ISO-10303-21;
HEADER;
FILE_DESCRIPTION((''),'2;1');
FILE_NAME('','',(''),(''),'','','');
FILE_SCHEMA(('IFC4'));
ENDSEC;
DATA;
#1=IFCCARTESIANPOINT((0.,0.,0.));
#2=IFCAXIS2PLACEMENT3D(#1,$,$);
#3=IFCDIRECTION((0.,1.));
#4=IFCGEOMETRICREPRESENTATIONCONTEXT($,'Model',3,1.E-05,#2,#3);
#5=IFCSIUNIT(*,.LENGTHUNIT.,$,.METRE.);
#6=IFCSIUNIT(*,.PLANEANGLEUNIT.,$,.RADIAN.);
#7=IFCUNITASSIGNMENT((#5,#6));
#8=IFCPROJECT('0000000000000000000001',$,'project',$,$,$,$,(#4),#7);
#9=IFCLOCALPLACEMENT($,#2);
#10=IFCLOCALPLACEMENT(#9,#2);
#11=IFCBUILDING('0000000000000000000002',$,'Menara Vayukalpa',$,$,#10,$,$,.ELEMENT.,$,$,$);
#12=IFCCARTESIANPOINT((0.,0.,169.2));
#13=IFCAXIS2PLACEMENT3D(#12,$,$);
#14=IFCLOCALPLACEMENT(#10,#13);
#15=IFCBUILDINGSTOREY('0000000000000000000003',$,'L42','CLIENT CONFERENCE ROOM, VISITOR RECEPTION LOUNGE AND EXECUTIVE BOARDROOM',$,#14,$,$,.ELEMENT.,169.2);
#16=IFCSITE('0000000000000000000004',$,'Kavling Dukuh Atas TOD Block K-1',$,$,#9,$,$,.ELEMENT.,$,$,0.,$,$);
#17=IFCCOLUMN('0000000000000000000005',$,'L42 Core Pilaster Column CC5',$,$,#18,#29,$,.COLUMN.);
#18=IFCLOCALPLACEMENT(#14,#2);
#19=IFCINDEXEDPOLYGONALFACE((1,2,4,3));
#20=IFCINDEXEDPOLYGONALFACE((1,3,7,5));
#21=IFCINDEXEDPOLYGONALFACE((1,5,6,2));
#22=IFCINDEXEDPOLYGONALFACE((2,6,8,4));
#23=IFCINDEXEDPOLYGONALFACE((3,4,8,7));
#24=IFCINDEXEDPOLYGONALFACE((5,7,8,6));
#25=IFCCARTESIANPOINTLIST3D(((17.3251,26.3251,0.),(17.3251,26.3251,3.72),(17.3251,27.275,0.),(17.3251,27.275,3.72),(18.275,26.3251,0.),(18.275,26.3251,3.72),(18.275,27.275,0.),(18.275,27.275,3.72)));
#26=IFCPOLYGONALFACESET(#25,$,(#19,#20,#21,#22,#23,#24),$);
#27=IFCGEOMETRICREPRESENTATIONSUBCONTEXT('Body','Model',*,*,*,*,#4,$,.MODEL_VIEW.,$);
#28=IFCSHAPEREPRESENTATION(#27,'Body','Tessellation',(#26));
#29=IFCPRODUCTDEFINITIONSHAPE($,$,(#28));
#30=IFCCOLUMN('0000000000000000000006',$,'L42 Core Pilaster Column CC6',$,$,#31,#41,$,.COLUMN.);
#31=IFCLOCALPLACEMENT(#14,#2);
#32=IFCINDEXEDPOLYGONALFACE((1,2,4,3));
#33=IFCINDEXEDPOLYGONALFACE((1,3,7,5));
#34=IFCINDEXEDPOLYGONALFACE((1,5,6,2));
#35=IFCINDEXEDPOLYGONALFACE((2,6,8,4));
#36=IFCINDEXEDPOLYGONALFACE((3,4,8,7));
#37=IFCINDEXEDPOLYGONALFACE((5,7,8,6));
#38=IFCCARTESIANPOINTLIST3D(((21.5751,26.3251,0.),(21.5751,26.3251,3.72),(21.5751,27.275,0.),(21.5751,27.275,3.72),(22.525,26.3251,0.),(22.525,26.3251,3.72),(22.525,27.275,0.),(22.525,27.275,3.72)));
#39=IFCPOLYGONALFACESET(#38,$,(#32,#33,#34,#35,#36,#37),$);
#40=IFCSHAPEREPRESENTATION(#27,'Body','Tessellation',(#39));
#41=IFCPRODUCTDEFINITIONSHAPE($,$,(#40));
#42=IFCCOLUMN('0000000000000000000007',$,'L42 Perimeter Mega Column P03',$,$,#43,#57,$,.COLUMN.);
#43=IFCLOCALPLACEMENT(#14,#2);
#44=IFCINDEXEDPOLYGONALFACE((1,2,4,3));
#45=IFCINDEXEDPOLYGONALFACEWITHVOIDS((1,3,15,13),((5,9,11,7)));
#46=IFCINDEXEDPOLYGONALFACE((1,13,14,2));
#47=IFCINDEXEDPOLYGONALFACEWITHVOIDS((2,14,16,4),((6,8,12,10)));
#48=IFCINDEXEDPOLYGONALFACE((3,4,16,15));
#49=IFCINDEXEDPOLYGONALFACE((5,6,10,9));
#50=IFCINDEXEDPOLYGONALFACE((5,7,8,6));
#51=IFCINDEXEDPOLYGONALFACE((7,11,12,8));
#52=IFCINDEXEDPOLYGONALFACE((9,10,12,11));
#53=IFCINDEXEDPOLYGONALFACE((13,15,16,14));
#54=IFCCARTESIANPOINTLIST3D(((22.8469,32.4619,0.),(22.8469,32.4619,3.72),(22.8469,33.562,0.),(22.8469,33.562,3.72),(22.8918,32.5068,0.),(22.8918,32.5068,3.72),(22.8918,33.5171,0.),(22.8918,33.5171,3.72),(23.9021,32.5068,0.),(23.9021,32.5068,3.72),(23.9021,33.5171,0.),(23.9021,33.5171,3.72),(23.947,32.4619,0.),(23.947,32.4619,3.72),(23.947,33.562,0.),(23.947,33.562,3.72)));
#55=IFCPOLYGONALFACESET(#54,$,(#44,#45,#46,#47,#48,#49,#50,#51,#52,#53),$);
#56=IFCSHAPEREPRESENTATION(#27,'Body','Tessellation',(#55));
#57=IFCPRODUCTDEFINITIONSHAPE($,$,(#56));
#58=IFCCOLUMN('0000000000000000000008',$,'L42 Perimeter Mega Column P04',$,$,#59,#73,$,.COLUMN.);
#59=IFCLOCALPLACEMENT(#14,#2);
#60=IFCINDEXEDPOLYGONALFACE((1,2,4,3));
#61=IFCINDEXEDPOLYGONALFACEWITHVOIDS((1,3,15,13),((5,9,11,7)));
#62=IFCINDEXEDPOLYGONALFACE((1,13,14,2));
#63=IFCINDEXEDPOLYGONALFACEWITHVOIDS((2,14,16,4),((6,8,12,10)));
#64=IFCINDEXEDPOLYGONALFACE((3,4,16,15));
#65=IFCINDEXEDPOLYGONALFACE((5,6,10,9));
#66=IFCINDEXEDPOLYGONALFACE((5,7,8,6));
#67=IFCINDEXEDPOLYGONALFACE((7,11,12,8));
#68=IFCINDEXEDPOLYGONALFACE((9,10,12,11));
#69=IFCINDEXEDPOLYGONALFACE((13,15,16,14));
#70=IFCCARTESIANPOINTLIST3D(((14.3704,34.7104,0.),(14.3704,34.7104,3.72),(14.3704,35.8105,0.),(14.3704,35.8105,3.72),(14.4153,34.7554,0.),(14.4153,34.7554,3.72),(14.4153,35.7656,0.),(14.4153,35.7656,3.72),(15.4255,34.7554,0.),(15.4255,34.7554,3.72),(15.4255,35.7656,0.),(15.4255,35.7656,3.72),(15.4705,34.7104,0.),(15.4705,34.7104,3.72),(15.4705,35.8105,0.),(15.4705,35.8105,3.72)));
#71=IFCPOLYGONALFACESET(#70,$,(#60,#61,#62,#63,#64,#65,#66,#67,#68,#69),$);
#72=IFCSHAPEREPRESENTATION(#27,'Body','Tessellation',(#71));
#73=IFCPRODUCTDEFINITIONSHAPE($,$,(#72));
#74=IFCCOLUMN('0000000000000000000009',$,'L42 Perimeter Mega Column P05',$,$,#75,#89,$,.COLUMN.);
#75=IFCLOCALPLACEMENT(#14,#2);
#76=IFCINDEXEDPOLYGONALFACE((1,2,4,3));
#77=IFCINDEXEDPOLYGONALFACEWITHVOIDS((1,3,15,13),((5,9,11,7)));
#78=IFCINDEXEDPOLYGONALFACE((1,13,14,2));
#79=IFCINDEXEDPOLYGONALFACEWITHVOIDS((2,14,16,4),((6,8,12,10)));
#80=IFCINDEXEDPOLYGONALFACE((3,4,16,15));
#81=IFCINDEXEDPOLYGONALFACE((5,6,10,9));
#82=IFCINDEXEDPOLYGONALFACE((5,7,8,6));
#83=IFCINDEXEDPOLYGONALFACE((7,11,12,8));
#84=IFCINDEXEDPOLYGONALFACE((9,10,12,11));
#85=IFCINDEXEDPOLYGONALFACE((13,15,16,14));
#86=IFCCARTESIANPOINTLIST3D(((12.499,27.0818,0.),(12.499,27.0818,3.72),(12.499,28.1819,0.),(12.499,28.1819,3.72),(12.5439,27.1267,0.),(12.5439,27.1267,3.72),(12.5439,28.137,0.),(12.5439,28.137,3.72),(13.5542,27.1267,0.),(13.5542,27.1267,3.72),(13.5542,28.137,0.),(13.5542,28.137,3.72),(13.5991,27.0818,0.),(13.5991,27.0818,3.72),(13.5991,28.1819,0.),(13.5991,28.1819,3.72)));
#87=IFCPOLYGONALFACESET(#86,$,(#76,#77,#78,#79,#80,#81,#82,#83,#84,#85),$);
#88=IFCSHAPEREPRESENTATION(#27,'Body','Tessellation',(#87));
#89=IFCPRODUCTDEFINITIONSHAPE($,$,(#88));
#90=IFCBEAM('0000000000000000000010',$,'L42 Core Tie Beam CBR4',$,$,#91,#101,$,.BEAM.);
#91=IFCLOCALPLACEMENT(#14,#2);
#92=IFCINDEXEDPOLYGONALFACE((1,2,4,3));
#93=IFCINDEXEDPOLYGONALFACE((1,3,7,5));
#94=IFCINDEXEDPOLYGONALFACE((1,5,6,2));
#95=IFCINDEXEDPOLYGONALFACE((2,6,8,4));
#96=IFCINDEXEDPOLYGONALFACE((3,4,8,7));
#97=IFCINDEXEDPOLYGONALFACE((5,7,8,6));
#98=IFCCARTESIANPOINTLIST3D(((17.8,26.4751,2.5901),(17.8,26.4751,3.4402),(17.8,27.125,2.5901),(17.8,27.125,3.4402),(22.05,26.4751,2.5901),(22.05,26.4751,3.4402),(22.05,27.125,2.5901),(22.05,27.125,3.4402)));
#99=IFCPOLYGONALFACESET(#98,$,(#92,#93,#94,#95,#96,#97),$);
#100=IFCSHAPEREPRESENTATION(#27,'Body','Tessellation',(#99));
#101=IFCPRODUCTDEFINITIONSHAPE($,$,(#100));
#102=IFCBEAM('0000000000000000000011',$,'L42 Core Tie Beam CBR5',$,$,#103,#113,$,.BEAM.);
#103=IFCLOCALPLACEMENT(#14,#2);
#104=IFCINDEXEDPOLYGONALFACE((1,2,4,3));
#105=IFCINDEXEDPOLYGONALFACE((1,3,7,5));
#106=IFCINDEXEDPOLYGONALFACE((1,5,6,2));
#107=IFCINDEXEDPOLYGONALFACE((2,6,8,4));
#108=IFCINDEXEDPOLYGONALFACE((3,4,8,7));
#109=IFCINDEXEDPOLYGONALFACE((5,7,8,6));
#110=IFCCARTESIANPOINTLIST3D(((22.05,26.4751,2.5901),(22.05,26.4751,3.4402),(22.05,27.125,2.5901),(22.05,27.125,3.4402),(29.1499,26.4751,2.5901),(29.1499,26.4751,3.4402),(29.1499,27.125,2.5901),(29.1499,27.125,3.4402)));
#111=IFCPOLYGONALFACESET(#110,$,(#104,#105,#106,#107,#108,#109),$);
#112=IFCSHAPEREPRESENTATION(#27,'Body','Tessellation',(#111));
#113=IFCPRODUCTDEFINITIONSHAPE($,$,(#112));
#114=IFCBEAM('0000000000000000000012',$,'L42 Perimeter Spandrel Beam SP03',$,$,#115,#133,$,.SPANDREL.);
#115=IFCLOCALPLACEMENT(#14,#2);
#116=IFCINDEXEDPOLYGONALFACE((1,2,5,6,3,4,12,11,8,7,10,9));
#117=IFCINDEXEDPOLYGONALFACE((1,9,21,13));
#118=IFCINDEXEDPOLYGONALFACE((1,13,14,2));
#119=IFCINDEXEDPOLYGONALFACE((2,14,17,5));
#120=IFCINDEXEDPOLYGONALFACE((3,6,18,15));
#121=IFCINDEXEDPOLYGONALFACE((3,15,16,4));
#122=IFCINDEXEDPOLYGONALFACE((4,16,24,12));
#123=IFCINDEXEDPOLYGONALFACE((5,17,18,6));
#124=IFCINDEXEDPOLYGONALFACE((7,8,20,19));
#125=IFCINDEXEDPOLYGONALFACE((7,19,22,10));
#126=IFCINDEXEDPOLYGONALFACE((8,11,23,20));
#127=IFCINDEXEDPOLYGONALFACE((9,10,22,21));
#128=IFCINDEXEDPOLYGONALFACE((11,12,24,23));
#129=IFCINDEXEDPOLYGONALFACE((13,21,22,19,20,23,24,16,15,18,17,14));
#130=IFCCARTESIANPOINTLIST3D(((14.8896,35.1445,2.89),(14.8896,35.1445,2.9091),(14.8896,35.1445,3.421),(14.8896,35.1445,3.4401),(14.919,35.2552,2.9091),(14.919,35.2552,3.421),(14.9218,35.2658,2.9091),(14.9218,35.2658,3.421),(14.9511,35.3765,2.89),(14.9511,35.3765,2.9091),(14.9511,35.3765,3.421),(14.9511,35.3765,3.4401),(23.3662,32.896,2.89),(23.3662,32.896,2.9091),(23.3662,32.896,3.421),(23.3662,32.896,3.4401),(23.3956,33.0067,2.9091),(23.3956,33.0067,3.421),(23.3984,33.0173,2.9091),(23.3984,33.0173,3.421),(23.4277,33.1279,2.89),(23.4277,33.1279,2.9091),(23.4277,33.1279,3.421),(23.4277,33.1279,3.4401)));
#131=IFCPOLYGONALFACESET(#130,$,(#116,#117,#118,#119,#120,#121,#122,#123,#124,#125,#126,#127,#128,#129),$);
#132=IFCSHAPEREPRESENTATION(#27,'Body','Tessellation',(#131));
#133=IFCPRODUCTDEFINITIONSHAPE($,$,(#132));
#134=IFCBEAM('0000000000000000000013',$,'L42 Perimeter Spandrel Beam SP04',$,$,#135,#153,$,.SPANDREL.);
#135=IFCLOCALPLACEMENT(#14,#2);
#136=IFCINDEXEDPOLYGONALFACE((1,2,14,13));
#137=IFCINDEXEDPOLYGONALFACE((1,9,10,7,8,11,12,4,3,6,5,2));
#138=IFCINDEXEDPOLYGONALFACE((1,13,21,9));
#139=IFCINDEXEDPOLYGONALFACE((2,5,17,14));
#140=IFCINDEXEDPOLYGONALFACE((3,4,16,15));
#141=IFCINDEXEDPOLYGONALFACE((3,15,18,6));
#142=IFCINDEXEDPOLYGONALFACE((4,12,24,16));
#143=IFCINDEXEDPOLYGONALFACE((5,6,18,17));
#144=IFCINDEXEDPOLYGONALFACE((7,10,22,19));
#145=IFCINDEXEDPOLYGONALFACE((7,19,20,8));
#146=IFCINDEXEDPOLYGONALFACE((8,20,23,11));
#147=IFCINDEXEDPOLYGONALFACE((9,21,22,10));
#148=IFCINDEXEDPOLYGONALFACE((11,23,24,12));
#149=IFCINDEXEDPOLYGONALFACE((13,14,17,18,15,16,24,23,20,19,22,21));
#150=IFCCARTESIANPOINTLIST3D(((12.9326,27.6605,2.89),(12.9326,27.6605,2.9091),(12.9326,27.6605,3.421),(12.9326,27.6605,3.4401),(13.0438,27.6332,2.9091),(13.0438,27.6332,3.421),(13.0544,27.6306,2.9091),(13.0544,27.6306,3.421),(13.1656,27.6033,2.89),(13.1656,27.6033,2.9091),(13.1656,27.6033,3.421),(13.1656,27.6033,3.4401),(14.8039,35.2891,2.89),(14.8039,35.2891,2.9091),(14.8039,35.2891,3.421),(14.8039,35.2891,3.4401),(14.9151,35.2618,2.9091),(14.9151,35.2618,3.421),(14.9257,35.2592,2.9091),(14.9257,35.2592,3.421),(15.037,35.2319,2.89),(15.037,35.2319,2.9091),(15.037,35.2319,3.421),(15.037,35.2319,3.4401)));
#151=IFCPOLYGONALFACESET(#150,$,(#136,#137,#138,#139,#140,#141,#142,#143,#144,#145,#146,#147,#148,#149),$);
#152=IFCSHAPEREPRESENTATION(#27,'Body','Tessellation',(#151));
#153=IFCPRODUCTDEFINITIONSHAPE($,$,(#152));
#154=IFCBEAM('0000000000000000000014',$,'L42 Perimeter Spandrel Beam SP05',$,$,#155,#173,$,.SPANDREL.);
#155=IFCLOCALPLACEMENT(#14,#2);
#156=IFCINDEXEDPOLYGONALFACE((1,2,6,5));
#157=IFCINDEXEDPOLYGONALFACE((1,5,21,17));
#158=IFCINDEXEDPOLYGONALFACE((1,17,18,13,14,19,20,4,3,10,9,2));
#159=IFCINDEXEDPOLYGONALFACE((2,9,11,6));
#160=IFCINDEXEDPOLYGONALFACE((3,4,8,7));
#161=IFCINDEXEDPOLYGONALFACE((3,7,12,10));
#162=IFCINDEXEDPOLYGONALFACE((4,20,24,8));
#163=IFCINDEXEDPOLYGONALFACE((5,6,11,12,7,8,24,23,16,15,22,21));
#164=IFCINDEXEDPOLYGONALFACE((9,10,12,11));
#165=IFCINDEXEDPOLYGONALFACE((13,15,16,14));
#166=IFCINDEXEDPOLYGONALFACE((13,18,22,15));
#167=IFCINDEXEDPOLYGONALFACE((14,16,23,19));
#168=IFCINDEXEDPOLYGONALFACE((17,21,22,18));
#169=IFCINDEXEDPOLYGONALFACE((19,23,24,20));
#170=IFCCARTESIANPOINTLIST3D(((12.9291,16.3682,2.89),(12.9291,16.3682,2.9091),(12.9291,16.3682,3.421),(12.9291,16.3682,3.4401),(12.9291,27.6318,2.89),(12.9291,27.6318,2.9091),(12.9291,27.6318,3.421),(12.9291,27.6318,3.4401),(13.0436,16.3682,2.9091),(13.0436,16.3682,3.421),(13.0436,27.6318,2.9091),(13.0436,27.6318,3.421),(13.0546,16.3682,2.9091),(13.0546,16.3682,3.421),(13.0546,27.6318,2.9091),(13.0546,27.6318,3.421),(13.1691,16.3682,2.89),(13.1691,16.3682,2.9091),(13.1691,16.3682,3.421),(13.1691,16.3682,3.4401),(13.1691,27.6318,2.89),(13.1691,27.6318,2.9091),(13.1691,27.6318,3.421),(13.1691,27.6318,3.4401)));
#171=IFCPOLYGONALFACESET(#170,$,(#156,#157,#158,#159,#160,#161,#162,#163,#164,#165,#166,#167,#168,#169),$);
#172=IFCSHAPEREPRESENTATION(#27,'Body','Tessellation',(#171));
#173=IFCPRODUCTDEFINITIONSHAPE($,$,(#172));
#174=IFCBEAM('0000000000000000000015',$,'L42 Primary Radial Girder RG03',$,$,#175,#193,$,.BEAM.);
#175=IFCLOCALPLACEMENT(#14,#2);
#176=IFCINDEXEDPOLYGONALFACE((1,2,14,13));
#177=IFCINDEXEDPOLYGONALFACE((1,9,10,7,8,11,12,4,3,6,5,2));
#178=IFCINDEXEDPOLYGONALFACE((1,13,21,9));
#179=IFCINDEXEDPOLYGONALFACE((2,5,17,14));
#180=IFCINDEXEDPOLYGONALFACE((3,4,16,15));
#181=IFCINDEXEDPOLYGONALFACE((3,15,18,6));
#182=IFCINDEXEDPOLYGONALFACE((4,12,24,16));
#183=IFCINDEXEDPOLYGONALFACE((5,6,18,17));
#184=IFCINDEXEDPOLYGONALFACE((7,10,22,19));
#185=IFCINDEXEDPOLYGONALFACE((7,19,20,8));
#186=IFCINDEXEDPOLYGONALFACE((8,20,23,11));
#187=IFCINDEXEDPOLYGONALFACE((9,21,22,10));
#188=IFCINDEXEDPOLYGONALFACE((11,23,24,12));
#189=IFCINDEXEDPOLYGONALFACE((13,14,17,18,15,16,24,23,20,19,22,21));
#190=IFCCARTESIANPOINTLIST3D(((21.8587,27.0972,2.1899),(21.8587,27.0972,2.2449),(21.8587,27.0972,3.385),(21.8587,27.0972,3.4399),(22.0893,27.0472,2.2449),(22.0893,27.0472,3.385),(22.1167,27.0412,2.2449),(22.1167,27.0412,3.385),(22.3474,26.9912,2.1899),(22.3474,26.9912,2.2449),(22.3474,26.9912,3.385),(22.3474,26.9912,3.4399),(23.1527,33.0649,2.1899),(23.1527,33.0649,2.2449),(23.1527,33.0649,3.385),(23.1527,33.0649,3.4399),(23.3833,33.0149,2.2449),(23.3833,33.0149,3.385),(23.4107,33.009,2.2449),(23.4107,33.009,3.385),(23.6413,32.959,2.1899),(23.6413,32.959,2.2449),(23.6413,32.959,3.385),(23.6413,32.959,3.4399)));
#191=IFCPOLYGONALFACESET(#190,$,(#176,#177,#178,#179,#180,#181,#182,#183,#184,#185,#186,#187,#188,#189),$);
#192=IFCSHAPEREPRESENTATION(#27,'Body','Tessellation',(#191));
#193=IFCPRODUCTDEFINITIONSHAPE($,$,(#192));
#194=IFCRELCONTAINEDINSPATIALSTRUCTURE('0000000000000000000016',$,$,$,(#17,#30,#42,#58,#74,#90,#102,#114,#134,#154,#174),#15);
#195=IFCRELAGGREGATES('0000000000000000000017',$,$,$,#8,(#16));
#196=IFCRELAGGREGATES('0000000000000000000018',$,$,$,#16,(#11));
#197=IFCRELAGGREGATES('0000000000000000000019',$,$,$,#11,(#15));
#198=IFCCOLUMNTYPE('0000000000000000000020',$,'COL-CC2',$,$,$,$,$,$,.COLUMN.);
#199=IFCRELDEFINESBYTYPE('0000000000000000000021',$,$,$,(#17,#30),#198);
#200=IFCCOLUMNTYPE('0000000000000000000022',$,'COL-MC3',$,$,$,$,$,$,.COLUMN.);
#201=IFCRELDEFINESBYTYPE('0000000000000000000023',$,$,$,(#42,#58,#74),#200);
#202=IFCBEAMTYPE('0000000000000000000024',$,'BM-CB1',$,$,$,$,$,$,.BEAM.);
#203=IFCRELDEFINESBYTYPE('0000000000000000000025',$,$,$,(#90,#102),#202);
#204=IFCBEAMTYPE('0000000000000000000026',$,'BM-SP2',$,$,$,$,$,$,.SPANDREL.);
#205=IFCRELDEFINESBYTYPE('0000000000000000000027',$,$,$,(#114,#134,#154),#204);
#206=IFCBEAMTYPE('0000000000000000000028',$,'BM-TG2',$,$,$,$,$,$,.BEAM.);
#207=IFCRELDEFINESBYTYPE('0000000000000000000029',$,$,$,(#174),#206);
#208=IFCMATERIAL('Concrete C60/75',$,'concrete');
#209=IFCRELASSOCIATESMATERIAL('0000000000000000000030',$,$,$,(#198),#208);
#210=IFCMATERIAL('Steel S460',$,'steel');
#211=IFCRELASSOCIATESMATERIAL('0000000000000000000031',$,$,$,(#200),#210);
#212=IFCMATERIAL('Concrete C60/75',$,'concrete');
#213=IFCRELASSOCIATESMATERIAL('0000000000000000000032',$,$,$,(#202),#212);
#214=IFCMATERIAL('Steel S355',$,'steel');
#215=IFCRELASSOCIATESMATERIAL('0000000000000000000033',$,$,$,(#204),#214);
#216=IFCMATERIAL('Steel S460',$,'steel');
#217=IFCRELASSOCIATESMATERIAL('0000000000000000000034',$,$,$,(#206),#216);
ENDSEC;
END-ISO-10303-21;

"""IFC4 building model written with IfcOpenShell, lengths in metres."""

from ifc_helpers import new_model, si_unit, direction, frame, origin, origin_2d, place, context, subcontext, project, spatial, rectangle, hollow_rectangle, i_section, extrude, material, material_profile, profile_set, type_object, element, save


model = new_model("IFC4")

# Units and contexts
model_context = context("Model", 3, precision=1e-05, world=origin(), true_north=direction((0.0, 1.0)))
body_context = subcontext(model_context, "Body", "Model", "MODEL_VIEW")
ifc_project = project(units=[si_unit("LENGTHUNIT", "METRE"), si_unit("PLANEANGLEUNIT", "RADIAN")], contexts=[model_context])

# Site, building, storey
site_placement = place(None, origin())
site = spatial("IfcSite", under=ifc_project, at=site_placement, Name="Kavling Dukuh Atas TOD Block K-1", CompositionType="ELEMENT", RefElevation=0.0)
building_placement = place(site_placement, origin())
building = spatial("IfcBuilding", under=site, at=building_placement, Name="Menara Vayukalpa", CompositionType="ELEMENT")
storey_placement = place(building_placement, frame((0.0, 0.0, 169.2)))
storey = spatial("IfcBuildingStorey", under=building, at=storey_placement, Name="L42", Description="CLIENT CONFERENCE ROOM, VISITOR RECEPTION LOUNGE AND EXECUTIVE BOARDROOM", CompositionType="ELEMENT", Elevation=169.2)

# Columns
ifc_material_1 = material(Name="Concrete C60/75", Category="concrete")
ifc_material_profile_1 = material_profile(ifc_material_1, rectangle(XDim=0.95, YDim=0.95, at=origin_2d()), Name="RC 950x950")
ifc_profile_set_1 = profile_set([ifc_material_profile_1], Name="Concrete C60/75")
column_type_1 = type_object("IfcColumnType", Name="COL-CC2", PredefinedType="COLUMN", material=ifc_profile_set_1)
for number, where, z_axis, x_axis, name in (
    (1, (17.8, 26.8, 0.0), (0.0, 0.0, 1.0), (1.0, 0.0, 0.0), "L42 Core Pilaster Column CC5"),
    (2, (22.05, 26.8, 0.0), (0.0, 0.0, 1.0), (1.0, 0.0, 0.0), "L42 Core Pilaster Column CC6"),
):
    element("IfcColumn", number, at=place(storey_placement, frame(where, z_axis=z_axis, x_axis=x_axis)), inside=storey, type_object=column_type_1, Name=name, PredefinedType="COLUMN", context=body_context, shape_type="SweptSolid", body=[
        extrude(rectangle(XDim=0.95, YDim=0.95, at=origin_2d()), origin(), (0.0, 0.0, 1.0), 3.72),
    ])
ifc_material_2 = material(Name="Steel S460", Category="steel")
ifc_material_profile_2 = material_profile(ifc_material_2, hollow_rectangle(XDim=1.1001, YDim=1.1001, WallThickness=0.0449, at=origin_2d()), Name="BOX 1100x1100x45")
ifc_profile_set_2 = profile_set([ifc_material_profile_2], Name="Steel S460")
column_type_2 = type_object("IfcColumnType", Name="COL-MC3", PredefinedType="COLUMN", material=ifc_profile_set_2)
for number, where, z_axis, x_axis, name in (
    (3, (23.397, 33.012, 0.0), (0.0, 0.0, 1.0), (1.0, 0.0, 0.0), "L42 Perimeter Mega Column P03"),
    (4, (14.9204, 35.2605, 0.0), (0.0, 0.0, 1.0), (1.0, 0.0, 0.0), "L42 Perimeter Mega Column P04"),
    (5, (13.0491, 27.6318, 0.0), (0.0, 0.0, 1.0), (1.0, 0.0, 0.0), "L42 Perimeter Mega Column P05"),
):
    element("IfcColumn", number, at=place(storey_placement, frame(where, z_axis=z_axis, x_axis=x_axis)), inside=storey, type_object=column_type_2, Name=name, PredefinedType="COLUMN", context=body_context, shape_type="SweptSolid", body=[
        extrude(hollow_rectangle(XDim=1.1001, YDim=1.1001, WallThickness=0.0449, at=origin_2d()), origin(), (0.0, 0.0, 1.0), 3.72),
    ])

# Beams
ifc_material_3 = material(Name="Concrete C60/75", Category="concrete")
ifc_material_profile_3 = material_profile(ifc_material_3, rectangle(XDim=0.6499, YDim=0.8501, at=origin_2d()), Name="RC 650x850")
ifc_profile_set_3 = profile_set([ifc_material_profile_3], Name="Concrete C60/75")
beam_type_1 = type_object("IfcBeamType", Name="BM-CB1", PredefinedType="BEAM", material=ifc_profile_set_3)
beam_1_placement = place(storey_placement, frame((17.8, 26.8, 3.0151), z_axis=(1.0, 0.0, 0.0), x_axis=(0.0, 1.0, 0.0)))
element("IfcBeam", 6, at=beam_1_placement, inside=storey, type_object=beam_type_1, Name="L42 Core Tie Beam CBR4", PredefinedType="BEAM", context=body_context, shape_type="SweptSolid", body=[
    extrude(rectangle(XDim=0.6499, YDim=0.8501, at=origin_2d()), origin(), (0.0, 0.0, 1.0), 4.25),
])
beam_2_placement = place(storey_placement, frame((22.05, 26.8, 3.0151), z_axis=(1.0, 0.0, 0.0), x_axis=(0.0, 1.0, 0.0)))
element("IfcBeam", 7, at=beam_2_placement, inside=storey, type_object=beam_type_1, Name="L42 Core Tie Beam CBR5", PredefinedType="BEAM", context=body_context, shape_type="SweptSolid", body=[
    extrude(rectangle(XDim=0.6499, YDim=0.8501, at=origin_2d()), origin(), (0.0, 0.0, 1.0), 7.0999),
])
ifc_material_4 = material(Name="Steel S355", Category="steel")
ifc_material_profile_4 = material_profile(ifc_material_4, i_section(OverallWidth=0.24, OverallDepth=0.55, WebThickness=0.011, FlangeThickness=0.019, at=origin_2d()), Name="WF 550x240x11x19")
ifc_profile_set_4 = profile_set([ifc_material_profile_4], Name="Steel S355")
beam_type_2 = type_object("IfcBeamType", Name="BM-SP2", PredefinedType="SPANDREL", material=ifc_profile_set_4)
beam_3_placement = place(storey_placement, frame((23.397, 33.012, 3.165), z_axis=(-0.966571, 0.256398, 0.0), x_axis=(-0.256398, -0.966571, 0.0)))
element("IfcBeam", 8, at=beam_3_placement, inside=storey, type_object=beam_type_2, Name="L42 Perimeter Spandrel Beam SP03", PredefinedType="SPANDREL", context=body_context, shape_type="SweptSolid", body=[
    extrude(i_section(OverallWidth=0.24, OverallDepth=0.55, WebThickness=0.011, FlangeThickness=0.019, at=origin_2d()), origin(), (0.0, 0.0, 1.0), 8.7698),
])
beam_4_placement = place(storey_placement, frame((14.9204, 35.2605, 3.165), z_axis=(-0.23824, -0.971206, 0.0), x_axis=(0.971206, -0.23824, 0.0)))
element("IfcBeam", 9, at=beam_4_placement, inside=storey, type_object=beam_type_2, Name="L42 Perimeter Spandrel Beam SP04", PredefinedType="SPANDREL", context=body_context, shape_type="SweptSolid", body=[
    extrude(i_section(OverallWidth=0.24, OverallDepth=0.55, WebThickness=0.011, FlangeThickness=0.019, at=origin_2d()), origin(), (0.0, 0.0, 1.0), 7.8547),
])
beam_5_placement = place(storey_placement, frame((13.0491, 27.6318, 3.165), z_axis=(0.0, -1.0, 0.0), x_axis=(1.0, 0.0, 0.0)))
element("IfcBeam", 10, at=beam_5_placement, inside=storey, type_object=beam_type_2, Name="L42 Perimeter Spandrel Beam SP05", PredefinedType="SPANDREL", context=body_context, shape_type="SweptSolid", body=[
    extrude(i_section(OverallWidth=0.24, OverallDepth=0.55, WebThickness=0.011, FlangeThickness=0.019, at=origin_2d()), origin(), (0.0, 0.0, 1.0), 11.2637),
])
ifc_material_5 = material(Name="Steel S460", Category="steel")
ifc_material_profile_5 = material_profile(ifc_material_5, i_section(OverallWidth=0.5, OverallDepth=1.25, WebThickness=0.0281, FlangeThickness=0.0549, at=origin_2d()), Name="WG 1250x500x28x55")
ifc_profile_set_5 = profile_set([ifc_material_profile_5], Name="Steel S460")
beam_type_3 = type_object("IfcBeamType", Name="BM-TG2", PredefinedType="BEAM", material=ifc_profile_set_5)
beam_6_placement = place(storey_placement, frame((22.103, 27.0442, 2.8149), z_axis=(0.211898, 0.977292, 0.0), x_axis=(-0.977292, 0.211898, 0.0)))
element("IfcBeam", 11, at=beam_6_placement, inside=storey, type_object=beam_type_3, Name="L42 Primary Radial Girder RG03", PredefinedType="BEAM", context=body_context, shape_type="SweptSolid", body=[
    extrude(i_section(OverallWidth=0.5, OverallDepth=1.25, WebThickness=0.0281, FlangeThickness=0.0549, at=origin_2d()), origin(), (0.0, 0.0, 1.0), 6.1064),
])

save(model, "model.ifc")
